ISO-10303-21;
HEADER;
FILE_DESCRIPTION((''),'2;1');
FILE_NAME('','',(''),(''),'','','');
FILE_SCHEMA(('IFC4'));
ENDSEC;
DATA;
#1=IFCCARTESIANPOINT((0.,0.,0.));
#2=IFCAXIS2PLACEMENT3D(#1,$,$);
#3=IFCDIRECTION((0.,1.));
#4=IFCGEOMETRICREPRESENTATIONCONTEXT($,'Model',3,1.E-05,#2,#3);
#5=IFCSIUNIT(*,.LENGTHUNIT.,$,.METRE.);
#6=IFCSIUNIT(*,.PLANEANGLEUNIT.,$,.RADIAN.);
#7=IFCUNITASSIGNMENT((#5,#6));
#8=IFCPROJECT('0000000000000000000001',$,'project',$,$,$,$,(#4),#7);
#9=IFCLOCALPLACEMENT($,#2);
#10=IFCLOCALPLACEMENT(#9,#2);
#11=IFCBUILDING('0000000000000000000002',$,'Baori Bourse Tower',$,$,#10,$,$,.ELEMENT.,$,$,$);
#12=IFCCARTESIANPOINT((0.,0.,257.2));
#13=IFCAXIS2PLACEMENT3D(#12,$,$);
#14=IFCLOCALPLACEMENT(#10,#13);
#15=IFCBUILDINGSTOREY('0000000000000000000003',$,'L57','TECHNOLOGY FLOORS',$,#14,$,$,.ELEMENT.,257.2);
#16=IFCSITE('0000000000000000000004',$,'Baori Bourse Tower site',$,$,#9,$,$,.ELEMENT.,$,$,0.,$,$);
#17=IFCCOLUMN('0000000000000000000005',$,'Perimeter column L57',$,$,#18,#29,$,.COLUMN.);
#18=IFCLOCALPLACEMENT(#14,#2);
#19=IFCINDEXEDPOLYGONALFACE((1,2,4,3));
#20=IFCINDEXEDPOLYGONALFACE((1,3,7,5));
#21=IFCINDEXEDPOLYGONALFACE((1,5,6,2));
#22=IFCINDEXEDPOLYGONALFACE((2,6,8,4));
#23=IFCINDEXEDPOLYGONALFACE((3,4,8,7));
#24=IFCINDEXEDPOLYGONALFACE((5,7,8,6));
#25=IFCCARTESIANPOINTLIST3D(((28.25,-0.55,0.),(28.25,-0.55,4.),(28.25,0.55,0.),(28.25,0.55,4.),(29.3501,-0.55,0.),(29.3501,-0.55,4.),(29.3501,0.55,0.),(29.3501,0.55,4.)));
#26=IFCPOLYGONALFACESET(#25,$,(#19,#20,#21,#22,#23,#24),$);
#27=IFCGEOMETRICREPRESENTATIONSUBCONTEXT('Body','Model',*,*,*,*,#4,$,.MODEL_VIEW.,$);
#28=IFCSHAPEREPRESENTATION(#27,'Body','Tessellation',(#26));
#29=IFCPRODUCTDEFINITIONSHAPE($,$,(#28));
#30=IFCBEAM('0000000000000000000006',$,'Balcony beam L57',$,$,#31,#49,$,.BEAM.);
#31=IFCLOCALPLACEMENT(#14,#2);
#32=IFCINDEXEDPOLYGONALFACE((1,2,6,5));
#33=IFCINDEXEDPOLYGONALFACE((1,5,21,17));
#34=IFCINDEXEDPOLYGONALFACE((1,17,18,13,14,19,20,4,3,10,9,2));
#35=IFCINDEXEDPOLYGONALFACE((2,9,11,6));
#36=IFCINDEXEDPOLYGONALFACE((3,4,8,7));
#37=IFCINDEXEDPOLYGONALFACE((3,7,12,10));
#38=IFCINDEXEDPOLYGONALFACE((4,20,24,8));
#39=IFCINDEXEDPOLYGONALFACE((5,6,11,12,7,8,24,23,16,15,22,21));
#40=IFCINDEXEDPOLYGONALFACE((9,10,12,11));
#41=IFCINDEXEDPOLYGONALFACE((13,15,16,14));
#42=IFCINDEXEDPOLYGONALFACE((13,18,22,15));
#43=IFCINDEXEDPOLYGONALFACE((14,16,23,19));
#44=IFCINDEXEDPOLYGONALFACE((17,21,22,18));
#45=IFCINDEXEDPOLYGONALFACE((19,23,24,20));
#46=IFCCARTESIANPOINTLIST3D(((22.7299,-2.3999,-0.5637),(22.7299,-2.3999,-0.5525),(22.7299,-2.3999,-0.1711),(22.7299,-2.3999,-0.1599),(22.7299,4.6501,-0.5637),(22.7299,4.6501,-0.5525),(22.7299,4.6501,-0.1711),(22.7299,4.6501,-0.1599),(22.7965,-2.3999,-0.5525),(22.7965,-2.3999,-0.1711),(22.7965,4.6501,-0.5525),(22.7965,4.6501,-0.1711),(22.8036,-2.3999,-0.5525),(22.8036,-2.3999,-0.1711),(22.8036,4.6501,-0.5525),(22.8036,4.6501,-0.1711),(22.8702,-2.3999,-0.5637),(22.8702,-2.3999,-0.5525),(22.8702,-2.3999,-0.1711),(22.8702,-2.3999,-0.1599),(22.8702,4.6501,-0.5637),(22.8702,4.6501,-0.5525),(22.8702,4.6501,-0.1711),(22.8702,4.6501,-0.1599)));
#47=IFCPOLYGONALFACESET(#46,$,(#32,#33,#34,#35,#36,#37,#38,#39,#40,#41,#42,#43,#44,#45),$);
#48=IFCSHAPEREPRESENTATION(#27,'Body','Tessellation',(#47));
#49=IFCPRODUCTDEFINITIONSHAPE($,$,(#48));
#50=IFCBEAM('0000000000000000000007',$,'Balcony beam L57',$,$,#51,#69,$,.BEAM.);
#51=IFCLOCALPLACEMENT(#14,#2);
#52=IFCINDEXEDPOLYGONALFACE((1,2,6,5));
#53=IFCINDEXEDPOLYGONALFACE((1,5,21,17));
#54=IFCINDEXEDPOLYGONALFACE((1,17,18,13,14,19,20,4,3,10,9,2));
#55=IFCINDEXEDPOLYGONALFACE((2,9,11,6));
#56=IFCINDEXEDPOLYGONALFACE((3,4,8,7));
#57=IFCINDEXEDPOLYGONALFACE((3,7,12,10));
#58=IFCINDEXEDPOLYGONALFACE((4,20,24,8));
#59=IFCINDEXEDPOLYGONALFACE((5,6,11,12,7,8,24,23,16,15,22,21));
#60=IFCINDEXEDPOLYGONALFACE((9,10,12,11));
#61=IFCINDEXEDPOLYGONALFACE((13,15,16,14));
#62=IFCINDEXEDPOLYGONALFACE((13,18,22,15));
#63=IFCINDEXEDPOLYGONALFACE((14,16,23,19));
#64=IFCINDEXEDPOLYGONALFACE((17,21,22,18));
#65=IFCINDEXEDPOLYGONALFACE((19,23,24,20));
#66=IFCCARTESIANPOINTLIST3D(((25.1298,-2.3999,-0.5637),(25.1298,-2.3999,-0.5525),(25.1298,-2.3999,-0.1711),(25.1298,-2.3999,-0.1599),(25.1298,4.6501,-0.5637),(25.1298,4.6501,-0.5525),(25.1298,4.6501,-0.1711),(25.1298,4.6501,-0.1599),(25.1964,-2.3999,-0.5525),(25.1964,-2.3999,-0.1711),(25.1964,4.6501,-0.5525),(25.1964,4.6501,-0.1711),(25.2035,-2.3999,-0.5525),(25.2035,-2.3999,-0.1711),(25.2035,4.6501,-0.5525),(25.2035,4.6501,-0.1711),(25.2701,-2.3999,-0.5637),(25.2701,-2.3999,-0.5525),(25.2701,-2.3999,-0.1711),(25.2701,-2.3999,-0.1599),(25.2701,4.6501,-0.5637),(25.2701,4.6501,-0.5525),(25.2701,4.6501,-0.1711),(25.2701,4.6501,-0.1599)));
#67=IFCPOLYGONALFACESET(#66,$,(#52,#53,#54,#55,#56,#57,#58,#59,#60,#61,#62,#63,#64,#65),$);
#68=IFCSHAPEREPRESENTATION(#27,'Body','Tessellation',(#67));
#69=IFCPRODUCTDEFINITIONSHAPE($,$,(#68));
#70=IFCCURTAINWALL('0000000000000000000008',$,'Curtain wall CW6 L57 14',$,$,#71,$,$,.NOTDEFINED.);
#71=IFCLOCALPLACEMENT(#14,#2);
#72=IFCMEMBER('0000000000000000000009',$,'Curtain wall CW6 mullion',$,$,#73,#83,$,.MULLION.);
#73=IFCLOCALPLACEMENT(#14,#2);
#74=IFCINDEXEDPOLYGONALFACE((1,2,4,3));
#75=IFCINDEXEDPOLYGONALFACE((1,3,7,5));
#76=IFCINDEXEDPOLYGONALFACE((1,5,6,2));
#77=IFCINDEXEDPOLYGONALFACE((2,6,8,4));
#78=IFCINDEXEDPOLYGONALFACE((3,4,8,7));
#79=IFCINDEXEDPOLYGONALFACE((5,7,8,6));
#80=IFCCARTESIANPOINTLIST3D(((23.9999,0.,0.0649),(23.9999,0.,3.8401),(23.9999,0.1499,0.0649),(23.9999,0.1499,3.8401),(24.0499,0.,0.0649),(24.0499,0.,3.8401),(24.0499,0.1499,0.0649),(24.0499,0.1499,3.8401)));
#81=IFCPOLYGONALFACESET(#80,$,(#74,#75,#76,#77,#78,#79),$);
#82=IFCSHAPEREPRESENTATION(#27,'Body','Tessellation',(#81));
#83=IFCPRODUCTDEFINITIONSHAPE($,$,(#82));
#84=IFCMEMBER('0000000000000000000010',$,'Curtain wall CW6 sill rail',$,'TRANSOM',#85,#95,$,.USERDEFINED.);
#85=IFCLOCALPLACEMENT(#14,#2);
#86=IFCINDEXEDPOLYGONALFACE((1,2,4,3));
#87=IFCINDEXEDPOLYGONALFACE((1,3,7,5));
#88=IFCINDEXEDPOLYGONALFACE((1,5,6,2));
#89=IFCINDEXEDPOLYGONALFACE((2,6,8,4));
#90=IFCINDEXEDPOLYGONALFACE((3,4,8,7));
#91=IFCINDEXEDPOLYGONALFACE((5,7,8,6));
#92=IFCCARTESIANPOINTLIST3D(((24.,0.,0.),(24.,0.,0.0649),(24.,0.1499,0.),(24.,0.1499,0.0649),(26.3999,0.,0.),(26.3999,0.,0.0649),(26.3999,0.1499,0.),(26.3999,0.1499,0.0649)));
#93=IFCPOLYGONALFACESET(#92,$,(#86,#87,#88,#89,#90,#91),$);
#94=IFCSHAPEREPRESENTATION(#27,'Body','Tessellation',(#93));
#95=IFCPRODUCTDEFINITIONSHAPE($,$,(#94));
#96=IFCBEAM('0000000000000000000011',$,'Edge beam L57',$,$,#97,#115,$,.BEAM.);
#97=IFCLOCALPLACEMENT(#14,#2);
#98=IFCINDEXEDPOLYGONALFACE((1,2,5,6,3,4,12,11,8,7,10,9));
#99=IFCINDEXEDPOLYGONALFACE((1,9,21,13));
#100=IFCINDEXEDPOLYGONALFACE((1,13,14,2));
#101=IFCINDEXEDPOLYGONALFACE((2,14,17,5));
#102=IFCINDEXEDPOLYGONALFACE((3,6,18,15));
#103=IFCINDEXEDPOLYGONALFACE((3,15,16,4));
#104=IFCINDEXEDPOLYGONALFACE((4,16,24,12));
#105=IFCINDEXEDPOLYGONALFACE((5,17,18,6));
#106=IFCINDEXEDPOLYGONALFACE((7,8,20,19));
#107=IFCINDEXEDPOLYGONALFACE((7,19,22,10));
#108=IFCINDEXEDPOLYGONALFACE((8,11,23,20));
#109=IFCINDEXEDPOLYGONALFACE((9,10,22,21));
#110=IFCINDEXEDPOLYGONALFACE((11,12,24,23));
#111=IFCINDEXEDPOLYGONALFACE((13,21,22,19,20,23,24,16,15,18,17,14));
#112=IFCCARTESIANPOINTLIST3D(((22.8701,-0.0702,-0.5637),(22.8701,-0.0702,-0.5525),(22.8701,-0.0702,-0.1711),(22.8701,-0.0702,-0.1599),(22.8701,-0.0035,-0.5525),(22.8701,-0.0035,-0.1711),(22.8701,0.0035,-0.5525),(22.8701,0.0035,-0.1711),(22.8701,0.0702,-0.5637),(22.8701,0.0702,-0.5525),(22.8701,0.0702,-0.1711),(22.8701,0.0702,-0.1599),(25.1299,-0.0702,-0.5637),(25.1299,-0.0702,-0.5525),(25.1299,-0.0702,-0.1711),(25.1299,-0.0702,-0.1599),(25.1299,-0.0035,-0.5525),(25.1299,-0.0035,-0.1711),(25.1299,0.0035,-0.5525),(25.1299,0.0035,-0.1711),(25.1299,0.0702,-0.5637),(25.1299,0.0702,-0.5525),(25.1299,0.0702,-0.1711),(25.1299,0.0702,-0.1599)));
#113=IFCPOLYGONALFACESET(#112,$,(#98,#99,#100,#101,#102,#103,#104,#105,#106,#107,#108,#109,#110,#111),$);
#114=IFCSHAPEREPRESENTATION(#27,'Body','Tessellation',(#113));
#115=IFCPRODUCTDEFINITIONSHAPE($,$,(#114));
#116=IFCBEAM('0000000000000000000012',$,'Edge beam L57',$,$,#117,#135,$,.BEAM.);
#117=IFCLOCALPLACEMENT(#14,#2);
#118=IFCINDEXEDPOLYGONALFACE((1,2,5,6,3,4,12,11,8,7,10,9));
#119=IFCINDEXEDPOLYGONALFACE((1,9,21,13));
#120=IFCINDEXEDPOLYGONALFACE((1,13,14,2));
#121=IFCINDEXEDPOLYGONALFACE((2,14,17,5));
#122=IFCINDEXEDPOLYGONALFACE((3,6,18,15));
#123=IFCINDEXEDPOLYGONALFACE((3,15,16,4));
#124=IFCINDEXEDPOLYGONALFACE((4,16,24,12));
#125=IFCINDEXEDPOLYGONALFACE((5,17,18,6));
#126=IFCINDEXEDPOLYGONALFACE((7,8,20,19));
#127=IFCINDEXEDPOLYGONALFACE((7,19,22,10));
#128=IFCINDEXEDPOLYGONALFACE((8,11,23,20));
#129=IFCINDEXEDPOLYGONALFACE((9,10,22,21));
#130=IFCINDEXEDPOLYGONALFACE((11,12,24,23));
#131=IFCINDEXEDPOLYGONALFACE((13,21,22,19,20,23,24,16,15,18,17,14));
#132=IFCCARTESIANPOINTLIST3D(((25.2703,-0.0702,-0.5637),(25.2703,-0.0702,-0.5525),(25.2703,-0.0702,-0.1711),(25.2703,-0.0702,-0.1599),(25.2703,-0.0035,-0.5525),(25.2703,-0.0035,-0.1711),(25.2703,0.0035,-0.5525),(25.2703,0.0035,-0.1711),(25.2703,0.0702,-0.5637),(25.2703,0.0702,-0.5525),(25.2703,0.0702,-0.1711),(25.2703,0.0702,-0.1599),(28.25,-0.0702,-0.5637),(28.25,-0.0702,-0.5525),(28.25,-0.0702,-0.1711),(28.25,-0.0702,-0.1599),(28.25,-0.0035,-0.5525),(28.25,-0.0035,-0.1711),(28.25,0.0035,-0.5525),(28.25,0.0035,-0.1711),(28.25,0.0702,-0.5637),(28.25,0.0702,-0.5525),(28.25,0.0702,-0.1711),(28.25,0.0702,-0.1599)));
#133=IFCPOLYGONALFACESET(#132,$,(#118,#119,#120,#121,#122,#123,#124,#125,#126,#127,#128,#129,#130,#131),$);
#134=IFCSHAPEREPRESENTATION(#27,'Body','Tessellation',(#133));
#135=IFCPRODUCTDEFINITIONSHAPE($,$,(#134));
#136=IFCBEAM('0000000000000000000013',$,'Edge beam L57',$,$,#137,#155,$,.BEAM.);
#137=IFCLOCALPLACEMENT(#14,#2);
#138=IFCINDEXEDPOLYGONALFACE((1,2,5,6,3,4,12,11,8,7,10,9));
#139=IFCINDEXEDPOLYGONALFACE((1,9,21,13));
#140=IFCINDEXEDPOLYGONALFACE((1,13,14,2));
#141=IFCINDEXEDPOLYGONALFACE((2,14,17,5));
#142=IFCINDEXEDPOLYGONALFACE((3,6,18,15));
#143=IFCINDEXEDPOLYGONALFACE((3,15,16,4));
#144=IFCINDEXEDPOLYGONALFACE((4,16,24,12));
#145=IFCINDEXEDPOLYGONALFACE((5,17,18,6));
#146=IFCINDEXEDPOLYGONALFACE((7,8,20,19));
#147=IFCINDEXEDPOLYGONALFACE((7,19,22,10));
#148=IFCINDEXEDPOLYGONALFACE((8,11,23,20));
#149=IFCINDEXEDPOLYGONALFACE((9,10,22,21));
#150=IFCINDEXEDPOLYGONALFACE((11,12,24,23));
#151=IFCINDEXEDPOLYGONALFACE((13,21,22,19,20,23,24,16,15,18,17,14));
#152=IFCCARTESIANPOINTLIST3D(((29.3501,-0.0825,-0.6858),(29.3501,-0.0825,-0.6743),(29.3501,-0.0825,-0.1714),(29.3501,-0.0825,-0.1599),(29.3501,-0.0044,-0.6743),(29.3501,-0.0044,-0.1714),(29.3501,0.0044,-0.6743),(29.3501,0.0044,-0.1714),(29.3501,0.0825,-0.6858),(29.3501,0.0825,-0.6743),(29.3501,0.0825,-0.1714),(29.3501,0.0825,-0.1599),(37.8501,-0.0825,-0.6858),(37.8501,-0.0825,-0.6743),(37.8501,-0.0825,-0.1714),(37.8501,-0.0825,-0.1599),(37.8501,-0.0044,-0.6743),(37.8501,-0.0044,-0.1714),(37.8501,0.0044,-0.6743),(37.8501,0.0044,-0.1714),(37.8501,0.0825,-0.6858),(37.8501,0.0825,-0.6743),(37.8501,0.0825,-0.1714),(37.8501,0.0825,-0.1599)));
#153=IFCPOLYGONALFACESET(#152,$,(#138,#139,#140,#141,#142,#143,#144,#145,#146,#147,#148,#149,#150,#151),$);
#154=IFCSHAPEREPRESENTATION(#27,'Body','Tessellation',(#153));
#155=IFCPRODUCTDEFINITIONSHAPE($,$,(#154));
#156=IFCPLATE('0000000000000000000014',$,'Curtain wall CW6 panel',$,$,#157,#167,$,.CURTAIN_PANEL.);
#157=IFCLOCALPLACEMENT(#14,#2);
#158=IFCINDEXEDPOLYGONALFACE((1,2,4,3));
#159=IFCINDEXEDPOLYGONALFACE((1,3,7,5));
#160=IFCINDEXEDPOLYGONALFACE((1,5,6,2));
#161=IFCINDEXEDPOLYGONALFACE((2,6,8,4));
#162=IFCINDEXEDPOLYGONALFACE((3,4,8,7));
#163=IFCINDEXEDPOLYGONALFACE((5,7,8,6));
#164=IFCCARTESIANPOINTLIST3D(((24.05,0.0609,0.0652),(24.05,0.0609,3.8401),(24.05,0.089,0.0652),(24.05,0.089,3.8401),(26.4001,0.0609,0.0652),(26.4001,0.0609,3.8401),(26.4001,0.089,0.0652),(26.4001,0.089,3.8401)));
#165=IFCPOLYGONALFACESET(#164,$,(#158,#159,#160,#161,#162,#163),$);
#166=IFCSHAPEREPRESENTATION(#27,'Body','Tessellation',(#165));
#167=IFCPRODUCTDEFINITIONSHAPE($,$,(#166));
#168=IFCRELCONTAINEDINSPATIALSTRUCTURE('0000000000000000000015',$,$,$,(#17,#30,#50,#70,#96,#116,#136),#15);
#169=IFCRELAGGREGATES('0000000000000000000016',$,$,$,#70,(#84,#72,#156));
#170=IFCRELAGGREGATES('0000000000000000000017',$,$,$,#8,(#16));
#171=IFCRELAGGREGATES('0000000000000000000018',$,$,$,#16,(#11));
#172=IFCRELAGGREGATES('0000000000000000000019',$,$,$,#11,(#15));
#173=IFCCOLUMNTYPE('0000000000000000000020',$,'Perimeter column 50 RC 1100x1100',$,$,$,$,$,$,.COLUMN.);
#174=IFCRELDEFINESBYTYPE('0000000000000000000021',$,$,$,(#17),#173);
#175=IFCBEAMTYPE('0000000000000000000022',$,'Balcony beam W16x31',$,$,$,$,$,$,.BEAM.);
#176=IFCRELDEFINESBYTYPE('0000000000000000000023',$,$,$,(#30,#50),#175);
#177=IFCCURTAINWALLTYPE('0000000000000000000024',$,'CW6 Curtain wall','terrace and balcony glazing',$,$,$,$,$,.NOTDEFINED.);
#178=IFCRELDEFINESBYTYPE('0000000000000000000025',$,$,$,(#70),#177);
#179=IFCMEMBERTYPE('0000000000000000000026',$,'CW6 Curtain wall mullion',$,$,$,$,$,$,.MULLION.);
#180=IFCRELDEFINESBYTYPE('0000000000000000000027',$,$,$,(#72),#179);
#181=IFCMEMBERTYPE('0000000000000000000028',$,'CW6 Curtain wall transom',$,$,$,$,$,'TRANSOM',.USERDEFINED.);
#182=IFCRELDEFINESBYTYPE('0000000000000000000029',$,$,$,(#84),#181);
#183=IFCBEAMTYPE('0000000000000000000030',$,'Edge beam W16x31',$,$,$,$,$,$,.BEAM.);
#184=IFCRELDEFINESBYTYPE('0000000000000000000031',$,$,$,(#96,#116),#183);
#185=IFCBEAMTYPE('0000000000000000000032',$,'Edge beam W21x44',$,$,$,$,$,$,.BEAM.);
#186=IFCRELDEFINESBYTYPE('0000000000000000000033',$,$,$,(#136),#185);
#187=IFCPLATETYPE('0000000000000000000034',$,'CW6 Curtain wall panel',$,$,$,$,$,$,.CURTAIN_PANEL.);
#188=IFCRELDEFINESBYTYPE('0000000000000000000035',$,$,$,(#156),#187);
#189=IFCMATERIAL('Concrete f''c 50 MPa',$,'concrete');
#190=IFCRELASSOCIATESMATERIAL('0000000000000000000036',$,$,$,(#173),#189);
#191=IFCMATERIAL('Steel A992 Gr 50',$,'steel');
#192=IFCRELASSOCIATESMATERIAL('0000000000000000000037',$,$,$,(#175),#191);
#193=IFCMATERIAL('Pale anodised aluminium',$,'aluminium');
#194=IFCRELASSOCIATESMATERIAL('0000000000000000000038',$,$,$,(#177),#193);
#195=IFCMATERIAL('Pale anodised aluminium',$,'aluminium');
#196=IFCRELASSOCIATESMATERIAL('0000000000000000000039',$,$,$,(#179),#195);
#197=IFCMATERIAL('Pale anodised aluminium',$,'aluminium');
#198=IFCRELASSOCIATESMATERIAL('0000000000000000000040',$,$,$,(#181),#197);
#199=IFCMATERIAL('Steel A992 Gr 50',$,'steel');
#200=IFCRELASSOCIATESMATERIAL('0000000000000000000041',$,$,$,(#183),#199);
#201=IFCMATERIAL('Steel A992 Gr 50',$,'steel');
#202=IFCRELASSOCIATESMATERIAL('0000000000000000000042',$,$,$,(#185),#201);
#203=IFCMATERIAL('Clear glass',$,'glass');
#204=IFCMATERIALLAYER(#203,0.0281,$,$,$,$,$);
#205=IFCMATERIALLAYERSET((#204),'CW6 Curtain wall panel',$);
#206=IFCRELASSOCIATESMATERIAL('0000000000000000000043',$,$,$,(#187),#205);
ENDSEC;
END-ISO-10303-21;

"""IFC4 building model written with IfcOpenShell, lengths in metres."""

from ifc_helpers import new_model, si_unit, direction, frame, origin, origin_2d, place, context, subcontext, project, spatial, rectangle, i_section, extrude, material, layer, layer_set, material_profile, profile_set, type_object, element, aggregate, save


model = new_model("IFC4")

# Units and contexts
model_context = context("Model", 3, precision=1e-05, world=origin(), true_north=direction((0.0, 1.0)))
body_context = subcontext(model_context, "Body", "Model", "MODEL_VIEW")
ifc_project = project(units=[si_unit("LENGTHUNIT", "METRE"), si_unit("PLANEANGLEUNIT", "RADIAN")], contexts=[model_context])

# Site, building, storey
site_placement = place(None, origin())
site = spatial("IfcSite", under=ifc_project, at=site_placement, Name="Baori Bourse Tower site", CompositionType="ELEMENT", RefElevation=0.0)
building_placement = place(site_placement, origin())
building = spatial("IfcBuilding", under=site, at=building_placement, Name="Baori Bourse Tower", CompositionType="ELEMENT")
storey_placement = place(building_placement, frame((0.0, 0.0, 257.2)))
storey = spatial("IfcBuildingStorey", under=building, at=storey_placement, Name="L57", Description="TECHNOLOGY FLOORS", CompositionType="ELEMENT", Elevation=257.2)

# Column
ifc_material_1 = material(Name="Concrete f'c 50 MPa", Category="concrete")
ifc_material_profile_1 = material_profile(ifc_material_1, rectangle(XDim=1.1001, YDim=1.1001, at=origin_2d()), Name="RC 1100x1100")
ifc_profile_set_1 = profile_set([ifc_material_profile_1], Name="Concrete f'c 50 MPa")
column_type = type_object("IfcColumnType", Name="Perimeter column 50 RC 1100x1100", PredefinedType="COLUMN", material=ifc_profile_set_1)
column_placement = place(storey_placement, frame((28.8, 0.0, 0.0), z_axis=(0.0, 0.0, 1.0), x_axis=(1.0, 0.0, 0.0)))
element("IfcColumn", 1, at=column_placement, inside=storey, type_object=column_type, Name="Perimeter column L57", PredefinedType="COLUMN", context=body_context, shape_type="SweptSolid", body=[
    extrude(rectangle(XDim=1.1001, YDim=1.1001, at=origin_2d()), origin(), (0.0, 0.0, 1.0), 4.0),
])

# Beams
ifc_material_2 = material(Name="Steel A992 Gr 50", Category="steel")
ifc_material_profile_2 = material_profile(ifc_material_2, i_section(OverallWidth=0.1404, OverallDepth=0.4038, WebThickness=0.0071, FlangeThickness=0.0112, at=origin_2d()), Name="W16x31")
ifc_profile_set_2 = profile_set([ifc_material_profile_2], Name="Steel A992 Gr 50")
beam_type_1 = type_object("IfcBeamType", Name="Balcony beam W16x31", PredefinedType="BEAM", material=ifc_profile_set_2)
for number, where, z_axis, x_axis, name in (
    (2, (22.8, -2.3999, -0.3618), (0.0, 1.0, 0.0), (-1.0, 0.0, 0.0), "Balcony beam L57"),
    (3, (25.2, -2.3999, -0.3618), (0.0, 1.0, 0.0), (-1.0, 0.0, 0.0), "Balcony beam L57"),
):
    element("IfcBeam", number, at=place(storey_placement, frame(where, z_axis=z_axis, x_axis=x_axis)), inside=storey, type_object=beam_type_1, Name=name, PredefinedType="BEAM", context=body_context, shape_type="SweptSolid", body=[
        extrude(i_section(OverallWidth=0.1404, OverallDepth=0.4038, WebThickness=0.0071, FlangeThickness=0.0112, at=origin_2d()), origin(), (0.0, 0.0, 1.0), 7.05),
    ])

# Curtain wall, members
ifc_material_3 = material(Name="Pale anodised aluminium", Category="aluminium")
curtain_wall_type = type_object("IfcCurtainWallType", Name="CW6 Curtain wall", Description="terrace and balcony glazing", PredefinedType="NOTDEFINED", material=ifc_material_3)
curtain_wall_placement = place(storey_placement, origin())
curtain_wall = element("IfcCurtainWall", 4, at=curtain_wall_placement, inside=storey, type_object=curtain_wall_type, Name="Curtain wall CW6 L57 14", PredefinedType="NOTDEFINED")
ifc_material_4 = material(Name="Pale anodised aluminium", Category="aluminium")
ifc_material_profile_3 = material_profile(ifc_material_4, rectangle(XDim=0.1499, YDim=0.05, at=origin_2d()), Name="Mullion 50x150")
ifc_profile_set_3 = profile_set([ifc_material_profile_3], Name="Pale anodised aluminium")
member_type_1 = type_object("IfcMemberType", Name="CW6 Curtain wall mullion", PredefinedType="MULLION", material=ifc_profile_set_3)
member_1_placement = place(storey_placement, frame((24.0249, 0.075, 0.0649), z_axis=(0.0, 0.0, 1.0), x_axis=(0.0, 1.0, 0.0)))
member_1 = element("IfcMember", 5, at=member_1_placement, type_object=member_type_1, Name="Curtain wall CW6 mullion", PredefinedType="MULLION", context=body_context, shape_type="SweptSolid", body=[
    extrude(rectangle(XDim=0.1499, YDim=0.05, at=origin_2d()), origin(), (0.0, 0.0, 1.0), 3.7751),
])
ifc_material_5 = material(Name="Pale anodised aluminium", Category="aluminium")
ifc_material_profile_4 = material_profile(ifc_material_5, rectangle(XDim=0.1499, YDim=0.0649, at=origin_2d()), Name="Transom 65x150")
ifc_profile_set_4 = profile_set([ifc_material_profile_4], Name="Pale anodised aluminium")
member_type_2 = type_object("IfcMemberType", Name="CW6 Curtain wall transom", ElementType="TRANSOM", PredefinedType="USERDEFINED", material=ifc_profile_set_4)
member_2_placement = place(storey_placement, frame((24.0, 0.075, 0.0325), z_axis=(1.0, 0.0, 0.0), x_axis=(0.0, 1.0, 0.0)))
member_2 = element("IfcMember", 6, at=member_2_placement, type_object=member_type_2, Name="Curtain wall CW6 sill rail", ObjectType="TRANSOM", PredefinedType="USERDEFINED", context=body_context, shape_type="SweptSolid", body=[
    extrude(rectangle(XDim=0.1499, YDim=0.0649, at=origin_2d()), origin(), (0.0, 0.0, 1.0), 2.3999),
])

# Beams
ifc_material_6 = material(Name="Steel A992 Gr 50", Category="steel")
ifc_material_profile_5 = material_profile(ifc_material_6, i_section(OverallWidth=0.1404, OverallDepth=0.4038, WebThickness=0.0071, FlangeThickness=0.0112, at=origin_2d()), Name="W16x31")
ifc_profile_set_5 = profile_set([ifc_material_profile_5], Name="Steel A992 Gr 50")
beam_type_2 = type_object("IfcBeamType", Name="Edge beam W16x31", PredefinedType="BEAM", material=ifc_profile_set_5)
beam_1_placement = place(storey_placement, frame((22.8701, 0.0, -0.3618), z_axis=(1.0, 0.0, 0.0), x_axis=(0.0, 1.0, 0.0)))
element("IfcBeam", 7, at=beam_1_placement, inside=storey, type_object=beam_type_2, Name="Edge beam L57", PredefinedType="BEAM", context=body_context, shape_type="SweptSolid", body=[
    extrude(i_section(OverallWidth=0.1404, OverallDepth=0.4038, WebThickness=0.0071, FlangeThickness=0.0112, at=origin_2d()), origin(), (0.0, 0.0, 1.0), 2.2598),
])
beam_2_placement = place(storey_placement, frame((25.2703, 0.0, -0.3618), z_axis=(1.0, 0.0, 0.0), x_axis=(0.0, 1.0, 0.0)))
element("IfcBeam", 8, at=beam_2_placement, inside=storey, type_object=beam_type_2, Name="Edge beam L57", PredefinedType="BEAM", context=body_context, shape_type="SweptSolid", body=[
    extrude(i_section(OverallWidth=0.1404, OverallDepth=0.4038, WebThickness=0.0071, FlangeThickness=0.0112, at=origin_2d()), origin(), (0.0, 0.0, 1.0), 2.9797),
])
ifc_material_7 = material(Name="Steel A992 Gr 50", Category="steel")
ifc_material_profile_6 = material_profile(ifc_material_7, i_section(OverallWidth=0.165, OverallDepth=0.5259, WebThickness=0.0088, FlangeThickness=0.0115, at=origin_2d()), Name="W21x44")
ifc_profile_set_6 = profile_set([ifc_material_profile_6], Name="Steel A992 Gr 50")
beam_type_3 = type_object("IfcBeamType", Name="Edge beam W21x44", PredefinedType="BEAM", material=ifc_profile_set_6)
beam_3_placement = place(storey_placement, frame((29.3501, 0.0, -0.4229), z_axis=(1.0, 0.0, 0.0), x_axis=(0.0, 1.0, 0.0)))
element("IfcBeam", 9, at=beam_3_placement, inside=storey, type_object=beam_type_3, Name="Edge beam L57", PredefinedType="BEAM", context=body_context, shape_type="SweptSolid", body=[
    extrude(i_section(OverallWidth=0.165, OverallDepth=0.5259, WebThickness=0.0088, FlangeThickness=0.0115, at=origin_2d()), origin(), (0.0, 0.0, 1.0), 8.5),
])

# Plate
ifc_material_8 = material(Name="Clear glass", Category="glass")
ifc_layer_1 = layer(ifc_material_8, 0.0281)
ifc_layer_set_1 = layer_set([ifc_layer_1], Name="CW6 Curtain wall panel")
plate_type = type_object("IfcPlateType", Name="CW6 Curtain wall panel", PredefinedType="CURTAIN_PANEL", material=ifc_layer_set_1)
plate_placement = place(storey_placement, frame((25.2251, 0.075, 0.0652), z_axis=(0.0, 0.0, 1.0), x_axis=(1.0, 0.0, 0.0)))
plate = element("IfcPlate", 10, at=plate_placement, type_object=plate_type, Name="Curtain wall CW6 panel", PredefinedType="CURTAIN_PANEL", context=body_context, shape_type="SweptSolid", body=[
    extrude(rectangle(XDim=2.3501, YDim=0.0281, at=origin_2d()), origin(), (0.0, 0.0, 1.0), 3.7749),
])
aggregate(curtain_wall, [member_2, member_1, plate])

save(model, "model.ifc")
